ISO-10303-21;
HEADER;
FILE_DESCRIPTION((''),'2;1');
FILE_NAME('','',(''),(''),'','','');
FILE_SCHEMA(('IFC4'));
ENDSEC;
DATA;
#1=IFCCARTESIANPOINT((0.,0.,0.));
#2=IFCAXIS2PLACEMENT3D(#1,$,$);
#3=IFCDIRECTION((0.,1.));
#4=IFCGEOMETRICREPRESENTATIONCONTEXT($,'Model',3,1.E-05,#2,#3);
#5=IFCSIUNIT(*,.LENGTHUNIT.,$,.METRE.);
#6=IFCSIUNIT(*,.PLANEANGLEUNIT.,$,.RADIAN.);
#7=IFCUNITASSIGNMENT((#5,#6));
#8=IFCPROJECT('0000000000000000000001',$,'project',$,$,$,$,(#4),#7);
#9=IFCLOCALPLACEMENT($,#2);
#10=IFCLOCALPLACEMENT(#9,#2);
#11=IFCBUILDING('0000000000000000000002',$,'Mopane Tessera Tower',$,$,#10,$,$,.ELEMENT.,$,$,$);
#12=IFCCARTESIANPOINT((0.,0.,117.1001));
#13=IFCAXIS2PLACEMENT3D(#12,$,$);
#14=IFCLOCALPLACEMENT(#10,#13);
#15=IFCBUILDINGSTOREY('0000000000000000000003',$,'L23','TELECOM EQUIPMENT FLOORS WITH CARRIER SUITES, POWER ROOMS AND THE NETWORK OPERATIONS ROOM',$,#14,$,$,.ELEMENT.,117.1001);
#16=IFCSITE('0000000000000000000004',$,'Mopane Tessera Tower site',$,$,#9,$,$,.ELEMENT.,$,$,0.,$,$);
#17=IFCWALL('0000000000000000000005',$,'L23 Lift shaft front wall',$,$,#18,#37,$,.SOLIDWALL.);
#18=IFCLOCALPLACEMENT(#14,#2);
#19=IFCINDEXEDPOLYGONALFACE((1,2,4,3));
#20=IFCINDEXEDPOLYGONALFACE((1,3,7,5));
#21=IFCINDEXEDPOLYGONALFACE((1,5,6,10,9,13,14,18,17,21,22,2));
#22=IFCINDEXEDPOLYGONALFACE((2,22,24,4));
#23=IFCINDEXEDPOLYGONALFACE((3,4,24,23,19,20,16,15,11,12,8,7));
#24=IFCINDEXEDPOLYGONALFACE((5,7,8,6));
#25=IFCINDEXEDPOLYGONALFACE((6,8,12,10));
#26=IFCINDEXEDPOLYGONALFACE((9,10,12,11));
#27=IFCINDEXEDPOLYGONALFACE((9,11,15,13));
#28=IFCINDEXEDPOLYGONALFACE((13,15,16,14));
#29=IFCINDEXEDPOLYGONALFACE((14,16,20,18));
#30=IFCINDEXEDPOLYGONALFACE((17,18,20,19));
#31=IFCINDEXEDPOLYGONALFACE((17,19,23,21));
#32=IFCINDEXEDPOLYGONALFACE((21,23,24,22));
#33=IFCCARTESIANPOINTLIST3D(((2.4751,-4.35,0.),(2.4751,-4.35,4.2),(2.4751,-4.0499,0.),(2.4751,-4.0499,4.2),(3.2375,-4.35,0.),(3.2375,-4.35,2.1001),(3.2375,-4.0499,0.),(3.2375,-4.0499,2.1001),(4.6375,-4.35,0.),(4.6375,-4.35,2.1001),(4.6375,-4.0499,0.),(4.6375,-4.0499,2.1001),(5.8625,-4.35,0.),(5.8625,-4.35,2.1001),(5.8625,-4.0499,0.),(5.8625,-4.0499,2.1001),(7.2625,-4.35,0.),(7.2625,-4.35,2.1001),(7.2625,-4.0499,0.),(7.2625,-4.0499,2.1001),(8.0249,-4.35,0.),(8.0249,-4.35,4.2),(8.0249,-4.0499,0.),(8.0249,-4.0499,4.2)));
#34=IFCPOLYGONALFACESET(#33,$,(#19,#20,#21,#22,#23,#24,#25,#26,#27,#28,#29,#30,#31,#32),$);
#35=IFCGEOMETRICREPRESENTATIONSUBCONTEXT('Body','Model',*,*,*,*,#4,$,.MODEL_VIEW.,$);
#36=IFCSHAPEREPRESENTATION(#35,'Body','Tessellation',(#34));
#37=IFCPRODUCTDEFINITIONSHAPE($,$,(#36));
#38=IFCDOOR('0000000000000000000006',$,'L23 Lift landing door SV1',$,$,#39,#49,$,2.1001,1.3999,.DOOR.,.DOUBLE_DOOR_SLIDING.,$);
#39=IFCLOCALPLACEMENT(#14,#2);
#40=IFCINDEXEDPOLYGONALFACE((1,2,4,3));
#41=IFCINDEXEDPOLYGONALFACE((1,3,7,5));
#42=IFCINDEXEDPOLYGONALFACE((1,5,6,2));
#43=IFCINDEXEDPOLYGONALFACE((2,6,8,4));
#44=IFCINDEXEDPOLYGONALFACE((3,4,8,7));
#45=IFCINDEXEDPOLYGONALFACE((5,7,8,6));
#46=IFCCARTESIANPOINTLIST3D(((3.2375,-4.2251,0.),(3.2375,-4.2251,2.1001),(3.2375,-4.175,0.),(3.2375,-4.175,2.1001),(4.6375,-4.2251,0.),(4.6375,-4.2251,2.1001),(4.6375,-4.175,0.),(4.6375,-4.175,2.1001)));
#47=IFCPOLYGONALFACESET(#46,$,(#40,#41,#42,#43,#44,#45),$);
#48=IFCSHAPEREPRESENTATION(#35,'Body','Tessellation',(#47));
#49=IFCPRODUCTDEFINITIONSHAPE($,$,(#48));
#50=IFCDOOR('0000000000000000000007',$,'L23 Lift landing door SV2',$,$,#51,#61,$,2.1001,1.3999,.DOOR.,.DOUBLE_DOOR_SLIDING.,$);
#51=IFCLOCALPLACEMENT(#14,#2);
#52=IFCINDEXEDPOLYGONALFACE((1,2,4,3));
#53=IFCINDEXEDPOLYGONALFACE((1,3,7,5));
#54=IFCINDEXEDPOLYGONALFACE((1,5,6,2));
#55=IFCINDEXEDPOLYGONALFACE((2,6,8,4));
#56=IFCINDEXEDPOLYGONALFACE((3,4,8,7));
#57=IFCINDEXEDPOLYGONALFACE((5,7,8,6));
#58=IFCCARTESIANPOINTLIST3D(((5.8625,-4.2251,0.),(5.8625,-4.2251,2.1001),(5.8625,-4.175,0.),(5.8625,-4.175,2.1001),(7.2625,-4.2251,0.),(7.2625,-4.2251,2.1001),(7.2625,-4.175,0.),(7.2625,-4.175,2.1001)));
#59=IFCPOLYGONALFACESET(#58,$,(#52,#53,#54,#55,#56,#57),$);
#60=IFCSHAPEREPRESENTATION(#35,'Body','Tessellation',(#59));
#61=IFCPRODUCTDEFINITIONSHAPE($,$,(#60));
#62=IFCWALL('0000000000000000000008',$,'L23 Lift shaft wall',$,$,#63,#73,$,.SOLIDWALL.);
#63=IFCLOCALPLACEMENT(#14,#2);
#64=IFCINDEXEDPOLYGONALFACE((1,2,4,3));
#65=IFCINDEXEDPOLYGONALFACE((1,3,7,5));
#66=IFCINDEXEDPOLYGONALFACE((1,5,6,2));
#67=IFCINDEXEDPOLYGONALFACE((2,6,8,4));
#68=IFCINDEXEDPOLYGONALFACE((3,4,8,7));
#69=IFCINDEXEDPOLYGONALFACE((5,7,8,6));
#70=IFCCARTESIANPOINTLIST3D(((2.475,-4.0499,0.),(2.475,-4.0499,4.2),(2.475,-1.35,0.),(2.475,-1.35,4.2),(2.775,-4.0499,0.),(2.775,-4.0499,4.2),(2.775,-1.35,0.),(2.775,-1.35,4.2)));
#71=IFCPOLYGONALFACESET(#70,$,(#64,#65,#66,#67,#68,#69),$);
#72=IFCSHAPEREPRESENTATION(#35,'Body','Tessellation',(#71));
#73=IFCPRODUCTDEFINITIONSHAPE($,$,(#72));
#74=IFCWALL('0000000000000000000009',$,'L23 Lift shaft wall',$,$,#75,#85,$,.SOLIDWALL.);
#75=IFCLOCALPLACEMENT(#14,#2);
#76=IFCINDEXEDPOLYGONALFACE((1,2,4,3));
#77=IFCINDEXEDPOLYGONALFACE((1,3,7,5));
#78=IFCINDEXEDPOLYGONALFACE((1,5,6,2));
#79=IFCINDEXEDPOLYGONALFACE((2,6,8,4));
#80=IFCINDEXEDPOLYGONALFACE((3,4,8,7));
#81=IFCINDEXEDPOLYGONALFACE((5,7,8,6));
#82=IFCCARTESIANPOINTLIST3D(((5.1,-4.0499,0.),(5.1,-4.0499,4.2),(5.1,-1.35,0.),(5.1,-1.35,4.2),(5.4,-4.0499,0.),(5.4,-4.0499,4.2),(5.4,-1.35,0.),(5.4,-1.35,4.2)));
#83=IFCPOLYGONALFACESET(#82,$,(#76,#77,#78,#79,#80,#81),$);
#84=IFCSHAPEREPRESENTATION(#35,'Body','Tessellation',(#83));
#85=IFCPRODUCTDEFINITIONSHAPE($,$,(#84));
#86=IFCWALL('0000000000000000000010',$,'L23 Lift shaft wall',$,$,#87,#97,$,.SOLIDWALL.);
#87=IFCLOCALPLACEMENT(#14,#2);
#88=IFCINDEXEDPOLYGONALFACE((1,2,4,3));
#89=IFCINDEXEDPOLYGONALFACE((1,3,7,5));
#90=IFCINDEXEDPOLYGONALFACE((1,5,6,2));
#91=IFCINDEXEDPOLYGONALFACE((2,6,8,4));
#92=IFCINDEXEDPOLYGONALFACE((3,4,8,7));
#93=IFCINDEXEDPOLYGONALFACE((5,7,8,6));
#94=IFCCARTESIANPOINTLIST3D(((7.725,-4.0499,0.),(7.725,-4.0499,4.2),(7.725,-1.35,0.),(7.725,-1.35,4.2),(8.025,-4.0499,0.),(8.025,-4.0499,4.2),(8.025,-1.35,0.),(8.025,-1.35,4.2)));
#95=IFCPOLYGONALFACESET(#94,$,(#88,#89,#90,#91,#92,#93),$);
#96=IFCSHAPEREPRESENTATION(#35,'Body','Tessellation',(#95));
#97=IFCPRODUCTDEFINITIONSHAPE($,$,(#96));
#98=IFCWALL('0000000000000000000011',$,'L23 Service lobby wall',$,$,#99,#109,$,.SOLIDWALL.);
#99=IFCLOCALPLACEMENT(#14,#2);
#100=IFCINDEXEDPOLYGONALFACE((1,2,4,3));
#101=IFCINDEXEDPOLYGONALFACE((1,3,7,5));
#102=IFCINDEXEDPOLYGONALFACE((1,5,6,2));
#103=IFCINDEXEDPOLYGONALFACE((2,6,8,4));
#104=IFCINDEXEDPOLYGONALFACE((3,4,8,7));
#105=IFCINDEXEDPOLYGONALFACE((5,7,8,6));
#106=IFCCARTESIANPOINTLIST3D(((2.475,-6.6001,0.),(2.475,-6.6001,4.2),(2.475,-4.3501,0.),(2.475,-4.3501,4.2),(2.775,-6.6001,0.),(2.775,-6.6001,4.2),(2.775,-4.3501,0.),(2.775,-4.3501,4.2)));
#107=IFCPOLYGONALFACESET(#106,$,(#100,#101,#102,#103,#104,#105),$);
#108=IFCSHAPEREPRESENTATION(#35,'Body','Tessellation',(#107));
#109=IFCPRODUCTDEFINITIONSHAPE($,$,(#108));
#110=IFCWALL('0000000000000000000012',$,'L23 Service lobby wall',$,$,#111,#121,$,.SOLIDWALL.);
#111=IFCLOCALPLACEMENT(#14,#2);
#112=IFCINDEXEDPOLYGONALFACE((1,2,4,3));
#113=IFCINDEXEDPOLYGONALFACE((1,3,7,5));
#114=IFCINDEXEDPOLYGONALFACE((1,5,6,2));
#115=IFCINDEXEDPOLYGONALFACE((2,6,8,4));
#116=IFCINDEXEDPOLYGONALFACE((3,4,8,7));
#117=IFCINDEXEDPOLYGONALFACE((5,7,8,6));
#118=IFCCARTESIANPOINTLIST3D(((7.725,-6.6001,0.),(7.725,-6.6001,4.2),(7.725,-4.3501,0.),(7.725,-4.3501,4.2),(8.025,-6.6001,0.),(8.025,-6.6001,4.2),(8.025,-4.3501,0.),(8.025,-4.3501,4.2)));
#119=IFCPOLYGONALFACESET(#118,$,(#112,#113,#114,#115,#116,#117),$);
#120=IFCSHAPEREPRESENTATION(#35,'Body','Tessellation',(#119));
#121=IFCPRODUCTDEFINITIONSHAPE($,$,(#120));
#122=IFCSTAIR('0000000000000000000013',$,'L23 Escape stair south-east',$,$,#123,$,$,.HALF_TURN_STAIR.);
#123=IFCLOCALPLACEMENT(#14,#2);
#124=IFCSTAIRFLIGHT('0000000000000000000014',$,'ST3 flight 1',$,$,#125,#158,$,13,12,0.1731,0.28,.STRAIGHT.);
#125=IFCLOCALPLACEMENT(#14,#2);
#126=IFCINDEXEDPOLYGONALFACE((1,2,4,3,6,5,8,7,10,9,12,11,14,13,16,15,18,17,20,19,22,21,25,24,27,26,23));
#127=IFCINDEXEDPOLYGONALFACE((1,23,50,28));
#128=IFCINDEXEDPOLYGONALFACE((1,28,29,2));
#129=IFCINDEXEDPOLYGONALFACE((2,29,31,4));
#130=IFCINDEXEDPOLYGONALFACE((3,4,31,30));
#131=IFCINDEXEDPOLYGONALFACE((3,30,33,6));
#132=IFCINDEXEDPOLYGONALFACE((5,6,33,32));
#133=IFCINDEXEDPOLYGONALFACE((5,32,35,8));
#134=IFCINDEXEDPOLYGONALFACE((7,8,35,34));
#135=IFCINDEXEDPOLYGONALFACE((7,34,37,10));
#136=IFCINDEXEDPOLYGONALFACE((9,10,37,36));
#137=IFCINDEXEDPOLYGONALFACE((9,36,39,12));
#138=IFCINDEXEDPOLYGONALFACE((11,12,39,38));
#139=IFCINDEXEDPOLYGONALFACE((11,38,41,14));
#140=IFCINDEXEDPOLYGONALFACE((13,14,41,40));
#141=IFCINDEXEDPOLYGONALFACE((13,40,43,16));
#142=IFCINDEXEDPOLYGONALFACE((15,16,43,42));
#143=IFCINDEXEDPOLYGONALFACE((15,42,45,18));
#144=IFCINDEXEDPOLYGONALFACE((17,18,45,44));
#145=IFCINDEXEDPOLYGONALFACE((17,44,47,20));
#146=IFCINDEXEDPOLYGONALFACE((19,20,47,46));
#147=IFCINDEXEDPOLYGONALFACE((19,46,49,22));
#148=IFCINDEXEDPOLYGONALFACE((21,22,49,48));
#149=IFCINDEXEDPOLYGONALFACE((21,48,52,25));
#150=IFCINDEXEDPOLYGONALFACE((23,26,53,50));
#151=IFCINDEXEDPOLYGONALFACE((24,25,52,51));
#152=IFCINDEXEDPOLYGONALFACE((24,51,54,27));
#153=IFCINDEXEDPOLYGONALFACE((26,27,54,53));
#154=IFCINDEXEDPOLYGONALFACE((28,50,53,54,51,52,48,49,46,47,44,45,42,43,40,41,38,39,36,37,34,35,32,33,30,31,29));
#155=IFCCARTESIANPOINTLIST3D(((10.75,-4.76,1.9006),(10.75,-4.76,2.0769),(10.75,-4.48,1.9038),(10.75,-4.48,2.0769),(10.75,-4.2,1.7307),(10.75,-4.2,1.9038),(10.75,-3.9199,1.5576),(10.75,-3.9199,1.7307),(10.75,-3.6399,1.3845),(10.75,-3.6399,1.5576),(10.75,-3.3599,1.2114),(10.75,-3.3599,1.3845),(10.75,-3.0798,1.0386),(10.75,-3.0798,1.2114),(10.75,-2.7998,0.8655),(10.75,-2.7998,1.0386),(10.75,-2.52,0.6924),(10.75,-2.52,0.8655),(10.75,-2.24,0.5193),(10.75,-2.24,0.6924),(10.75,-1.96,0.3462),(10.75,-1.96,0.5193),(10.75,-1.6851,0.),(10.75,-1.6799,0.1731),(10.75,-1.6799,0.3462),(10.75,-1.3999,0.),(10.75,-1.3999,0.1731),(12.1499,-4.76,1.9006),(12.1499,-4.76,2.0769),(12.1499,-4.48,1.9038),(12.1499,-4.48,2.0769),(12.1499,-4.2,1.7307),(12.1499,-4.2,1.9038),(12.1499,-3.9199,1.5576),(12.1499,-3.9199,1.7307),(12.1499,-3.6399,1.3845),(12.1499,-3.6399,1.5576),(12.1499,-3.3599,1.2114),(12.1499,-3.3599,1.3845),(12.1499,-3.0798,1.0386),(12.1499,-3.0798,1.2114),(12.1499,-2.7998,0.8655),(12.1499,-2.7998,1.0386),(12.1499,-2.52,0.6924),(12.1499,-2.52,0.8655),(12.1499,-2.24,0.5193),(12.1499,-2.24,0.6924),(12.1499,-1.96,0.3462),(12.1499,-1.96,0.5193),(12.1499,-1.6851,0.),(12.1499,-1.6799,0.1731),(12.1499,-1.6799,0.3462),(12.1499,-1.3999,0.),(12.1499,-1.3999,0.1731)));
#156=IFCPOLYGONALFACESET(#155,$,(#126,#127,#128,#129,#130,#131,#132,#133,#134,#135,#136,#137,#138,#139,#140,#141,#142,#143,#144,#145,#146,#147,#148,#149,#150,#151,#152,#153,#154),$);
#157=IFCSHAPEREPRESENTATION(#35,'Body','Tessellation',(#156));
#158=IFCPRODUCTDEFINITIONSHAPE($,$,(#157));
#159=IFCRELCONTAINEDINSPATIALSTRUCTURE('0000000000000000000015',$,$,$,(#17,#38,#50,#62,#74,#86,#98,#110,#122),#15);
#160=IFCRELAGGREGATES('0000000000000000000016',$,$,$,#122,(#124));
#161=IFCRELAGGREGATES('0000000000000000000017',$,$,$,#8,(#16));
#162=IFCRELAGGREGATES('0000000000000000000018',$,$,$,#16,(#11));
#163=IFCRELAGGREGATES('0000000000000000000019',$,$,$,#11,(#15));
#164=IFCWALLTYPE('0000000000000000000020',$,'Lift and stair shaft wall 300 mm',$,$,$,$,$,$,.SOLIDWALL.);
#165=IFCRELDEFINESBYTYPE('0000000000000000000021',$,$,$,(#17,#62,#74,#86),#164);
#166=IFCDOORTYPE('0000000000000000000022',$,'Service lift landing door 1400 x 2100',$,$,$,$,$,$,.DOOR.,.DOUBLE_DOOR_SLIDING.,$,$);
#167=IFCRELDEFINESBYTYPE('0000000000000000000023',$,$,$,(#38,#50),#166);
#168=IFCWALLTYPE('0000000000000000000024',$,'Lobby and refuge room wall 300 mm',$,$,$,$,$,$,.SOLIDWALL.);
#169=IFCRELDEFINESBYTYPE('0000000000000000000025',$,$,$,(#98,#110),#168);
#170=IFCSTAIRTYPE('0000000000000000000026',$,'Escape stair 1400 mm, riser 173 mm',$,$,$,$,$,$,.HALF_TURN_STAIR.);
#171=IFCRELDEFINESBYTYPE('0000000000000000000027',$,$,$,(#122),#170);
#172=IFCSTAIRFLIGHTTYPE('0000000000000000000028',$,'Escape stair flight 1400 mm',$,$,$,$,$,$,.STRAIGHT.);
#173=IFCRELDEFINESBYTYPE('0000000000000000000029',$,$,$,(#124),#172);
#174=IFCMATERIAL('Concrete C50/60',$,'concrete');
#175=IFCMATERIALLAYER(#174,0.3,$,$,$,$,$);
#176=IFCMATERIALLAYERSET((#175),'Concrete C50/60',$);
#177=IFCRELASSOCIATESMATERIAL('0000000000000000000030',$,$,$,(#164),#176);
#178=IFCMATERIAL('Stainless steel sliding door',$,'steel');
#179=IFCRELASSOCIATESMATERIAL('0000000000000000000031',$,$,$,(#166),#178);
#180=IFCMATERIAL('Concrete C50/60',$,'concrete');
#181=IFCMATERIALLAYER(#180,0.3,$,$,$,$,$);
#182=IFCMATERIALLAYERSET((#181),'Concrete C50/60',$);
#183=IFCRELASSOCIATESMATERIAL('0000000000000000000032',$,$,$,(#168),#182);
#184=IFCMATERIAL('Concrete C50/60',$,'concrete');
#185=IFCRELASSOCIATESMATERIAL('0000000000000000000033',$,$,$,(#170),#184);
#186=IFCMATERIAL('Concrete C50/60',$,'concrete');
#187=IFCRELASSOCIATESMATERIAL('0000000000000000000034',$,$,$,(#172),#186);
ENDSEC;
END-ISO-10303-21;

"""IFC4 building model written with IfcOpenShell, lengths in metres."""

from ifc_helpers import new_model, si_unit, direction, frame, frame_2d, origin, place, context, subcontext, project, spatial, polyline, rectangle, outline, extrude, material, layer, layer_set, type_object, element, fill, aggregate, save


model = new_model("IFC4")

# Units and contexts
model_context = context("Model", 3, precision=1e-05, world=origin(), true_north=direction((0.0, 1.0)))
body_context = subcontext(model_context, "Body", "Model", "MODEL_VIEW")
ifc_project = project(units=[si_unit("LENGTHUNIT", "METRE"), si_unit("PLANEANGLEUNIT", "RADIAN")], contexts=[model_context])

# Site, building, storey
site_placement = place(None, origin())
site = spatial("IfcSite", under=ifc_project, at=site_placement, Name="Mopane Tessera Tower site", CompositionType="ELEMENT", RefElevation=0.0)
building_placement = place(site_placement, origin())
building = spatial("IfcBuilding", under=site, at=building_placement, Name="Mopane Tessera Tower", CompositionType="ELEMENT")
storey_placement = place(building_placement, frame((0.0, 0.0, 117.1001)))
storey = spatial("IfcBuildingStorey", under=building, at=storey_placement, Name="L23", Description="TELECOM EQUIPMENT FLOORS WITH CARRIER SUITES, POWER ROOMS AND THE NETWORK OPERATIONS ROOM", CompositionType="ELEMENT", Elevation=117.1001)

# Shared definitions
ifc_material_1 = material(Name="Concrete C50/60", Category="concrete")
ifc_layer_1 = layer(ifc_material_1, 0.3)
ifc_layer_set_1 = layer_set([ifc_layer_1], Name="Concrete C50/60")
wall_type_1 = type_object("IfcWallType", Name="Lift and stair shaft wall 300 mm", PredefinedType="SOLIDWALL", material=ifc_layer_set_1)

# Wall, openings, doors
wall_1_placement = place(storey_placement, frame((2.4751, -4.2, 0.0), z_axis=(0.0, 0.0, 1.0), x_axis=(1.0, 0.0, 0.0)))
wall_1 = element("IfcWall", 1, at=wall_1_placement, inside=storey, type_object=wall_type_1, Name="L23 Lift shaft front wall", PredefinedType="SOLIDWALL", context=body_context, shape_type="SweptSolid", body=[
    extrude(rectangle(XDim=5.5498, YDim=0.3, at=frame_2d((2.7749, 0.0))), origin(), (0.0, 0.0, 1.0), 4.2),
])
opening_1_placement = place(wall_1_placement, frame((0.7625, 0.0, 0.0)))
opening_1 = element("IfcOpeningElement", 2, at=opening_1_placement, cuts=wall_1, PredefinedType="OPENING", context=body_context, shape_type="SweptSolid", body=[
    extrude(rectangle(XDim=1.3999, YDim=2.1001, at=frame_2d((0.7, 1.05))), frame((0.0, 0.1621, 0.0), z_axis=(0.0, -1.0, 0.0), x_axis=(1.0, 0.0, 0.0)), (0.0, 0.0, 1.0), 0.324),
])
opening_2_placement = place(wall_1_placement, frame((3.3875, 0.0, 0.0)))
opening_2 = element("IfcOpeningElement", 3, at=opening_2_placement, cuts=wall_1, PredefinedType="OPENING", context=body_context, shape_type="SweptSolid", body=[
    extrude(rectangle(XDim=1.3999, YDim=2.1001, at=frame_2d((0.7, 1.05))), frame((0.0, 0.1621, 0.0), z_axis=(0.0, -1.0, 0.0), x_axis=(1.0, 0.0, 0.0)), (0.0, 0.0, 1.0), 0.324),
])
ifc_material_2 = material(Name="Stainless steel sliding door", Category="steel")
door_type = type_object("IfcDoorType", Name="Service lift landing door 1400 x 2100", OperationType="DOUBLE_DOOR_SLIDING", PredefinedType="DOOR", material=ifc_material_2)
door_1_placement = place(opening_1_placement, origin())
door_1 = element("IfcDoor", 4, at=door_1_placement, inside=storey, type_object=door_type, Name="L23 Lift landing door SV1", OperationType="DOUBLE_DOOR_SLIDING", OverallHeight=2.1001, OverallWidth=1.3999, PredefinedType="DOOR", context=body_context, shape_type="SweptSolid", body=[
    extrude(rectangle(XDim=1.3999, YDim=2.1001, at=frame_2d((0.7, 1.05))), frame((0.0, 0.0249, 0.0), z_axis=(0.0, -1.0, 0.0), x_axis=(1.0, 0.0, 0.0)), (0.0, 0.0, 1.0), 0.05),
])
fill(opening_1, door_1)
door_2_placement = place(opening_2_placement, origin())
door_2 = element("IfcDoor", 5, at=door_2_placement, inside=storey, type_object=door_type, Name="L23 Lift landing door SV2", OperationType="DOUBLE_DOOR_SLIDING", OverallHeight=2.1001, OverallWidth=1.3999, PredefinedType="DOOR", context=body_context, shape_type="SweptSolid", body=[
    extrude(rectangle(XDim=1.3999, YDim=2.1001, at=frame_2d((0.7, 1.05))), frame((0.0, 0.0249, 0.0), z_axis=(0.0, -1.0, 0.0), x_axis=(1.0, 0.0, 0.0)), (0.0, 0.0, 1.0), 0.05),
])
fill(opening_2, door_2)

# Walls
for number, where, z_axis, x_axis, name in (
    (6, (2.625, -4.05, 0.0), (0.0, 0.0, 1.0), (0.0, 1.0, 0.0), "L23 Lift shaft wall"),
    (7, (5.25, -4.05, 0.0), (0.0, 0.0, 1.0), (0.0, 1.0, 0.0), "L23 Lift shaft wall"),
    (8, (7.875, -4.05, 0.0), (0.0, 0.0, 1.0), (0.0, 1.0, 0.0), "L23 Lift shaft wall"),
):
    element("IfcWall", number, at=place(storey_placement, frame(where, z_axis=z_axis, x_axis=x_axis)), inside=storey, type_object=wall_type_1, Name=name, PredefinedType="SOLIDWALL", context=body_context, shape_type="SweptSolid", body=[
        extrude(rectangle(XDim=2.7, YDim=0.3, at=frame_2d((1.3501, 0.0))), origin(), (0.0, 0.0, 1.0), 4.2),
    ])
ifc_material_3 = material(Name="Concrete C50/60", Category="concrete")
ifc_layer_2 = layer(ifc_material_3, 0.3)
ifc_layer_set_2 = layer_set([ifc_layer_2], Name="Concrete C50/60")
wall_type_2 = type_object("IfcWallType", Name="Lobby and refuge room wall 300 mm", PredefinedType="SOLIDWALL", material=ifc_layer_set_2)
for number, where, z_axis, x_axis, name in (
    (9, (2.625, -6.6001, 0.0), (0.0, 0.0, 1.0), (0.0, 1.0, 0.0), "L23 Service lobby wall"),
    (10, (7.875, -6.6001, 0.0), (0.0, 0.0, 1.0), (0.0, 1.0, 0.0), "L23 Service lobby wall"),
):
    element("IfcWall", number, at=place(storey_placement, frame(where, z_axis=z_axis, x_axis=x_axis)), inside=storey, type_object=wall_type_2, Name=name, PredefinedType="SOLIDWALL", context=body_context, shape_type="SweptSolid", body=[
        extrude(rectangle(XDim=2.25, YDim=0.3, at=frame_2d((1.125, 0.0))), origin(), (0.0, 0.0, 1.0), 4.2),
    ])

# Stair, stair flight
ifc_material_4 = material(Name="Concrete C50/60", Category="concrete")
stair_type = type_object("IfcStairType", Name="Escape stair 1400 mm, riser 173 mm", PredefinedType="HALF_TURN_STAIR", material=ifc_material_4)
stair_placement = place(storey_placement, origin())
stair = element("IfcStair", 11, at=stair_placement, inside=storey, type_object=stair_type, Name="L23 Escape stair south-east", PredefinedType="HALF_TURN_STAIR")
ifc_material_5 = material(Name="Concrete C50/60", Category="concrete")
stair_flight_type = type_object("IfcStairFlightType", Name="Escape stair flight 1400 mm", PredefinedType="STRAIGHT", material=ifc_material_5)
stair_flight_placement = place(storey_placement, frame((11.45, -1.3999, 0.0), z_axis=(0.0, 0.0, 1.0), x_axis=(0.0, -1.0, 0.0)))
stair_flight = element("IfcStairFlight", 12, at=stair_flight_placement, type_object=stair_flight_type, Name="ST3 flight 1", NumberOfRisers=13, NumberOfTreads=12, PredefinedType="STRAIGHT", RiserHeight=0.1731, TreadLength=0.28, context=body_context, shape_type="SweptSolid", body=[
    extrude(outline(polyline([(0.0, 0.0), (0.0, 0.1731), (0.28, 0.1731), (0.28, 0.3462), (0.5601, 0.3462), (0.5601, 0.5193), (0.8401, 0.5193), (0.8401, 0.6924), (1.1201, 0.6924), (1.1201, 0.8655), (1.3999, 0.8655), (1.3999, 1.0386), (1.6799, 1.0386), (1.6799, 1.2114), (1.96, 1.2114), (1.96, 1.3845), (2.24, 1.3845), (2.24, 1.5576), (2.52, 1.5576), (2.52, 1.7307), (2.8, 1.7307), (2.8, 1.9038), (3.0801, 1.9038), (3.0801, 2.0769), (3.3601, 2.0769), (3.3601, 2.25), (3.3601, 1.9006), (0.2852, 0.0), (0.0, 0.0)])), frame((0.0, 0.7, 0.0), z_axis=(0.0, -1.0, 0.0), x_axis=(1.0, 0.0, 0.0)), (0.0, 0.0, 1.0), 1.3999),
])
aggregate(stair, [stair_flight])

save(model, "model.ifc")
